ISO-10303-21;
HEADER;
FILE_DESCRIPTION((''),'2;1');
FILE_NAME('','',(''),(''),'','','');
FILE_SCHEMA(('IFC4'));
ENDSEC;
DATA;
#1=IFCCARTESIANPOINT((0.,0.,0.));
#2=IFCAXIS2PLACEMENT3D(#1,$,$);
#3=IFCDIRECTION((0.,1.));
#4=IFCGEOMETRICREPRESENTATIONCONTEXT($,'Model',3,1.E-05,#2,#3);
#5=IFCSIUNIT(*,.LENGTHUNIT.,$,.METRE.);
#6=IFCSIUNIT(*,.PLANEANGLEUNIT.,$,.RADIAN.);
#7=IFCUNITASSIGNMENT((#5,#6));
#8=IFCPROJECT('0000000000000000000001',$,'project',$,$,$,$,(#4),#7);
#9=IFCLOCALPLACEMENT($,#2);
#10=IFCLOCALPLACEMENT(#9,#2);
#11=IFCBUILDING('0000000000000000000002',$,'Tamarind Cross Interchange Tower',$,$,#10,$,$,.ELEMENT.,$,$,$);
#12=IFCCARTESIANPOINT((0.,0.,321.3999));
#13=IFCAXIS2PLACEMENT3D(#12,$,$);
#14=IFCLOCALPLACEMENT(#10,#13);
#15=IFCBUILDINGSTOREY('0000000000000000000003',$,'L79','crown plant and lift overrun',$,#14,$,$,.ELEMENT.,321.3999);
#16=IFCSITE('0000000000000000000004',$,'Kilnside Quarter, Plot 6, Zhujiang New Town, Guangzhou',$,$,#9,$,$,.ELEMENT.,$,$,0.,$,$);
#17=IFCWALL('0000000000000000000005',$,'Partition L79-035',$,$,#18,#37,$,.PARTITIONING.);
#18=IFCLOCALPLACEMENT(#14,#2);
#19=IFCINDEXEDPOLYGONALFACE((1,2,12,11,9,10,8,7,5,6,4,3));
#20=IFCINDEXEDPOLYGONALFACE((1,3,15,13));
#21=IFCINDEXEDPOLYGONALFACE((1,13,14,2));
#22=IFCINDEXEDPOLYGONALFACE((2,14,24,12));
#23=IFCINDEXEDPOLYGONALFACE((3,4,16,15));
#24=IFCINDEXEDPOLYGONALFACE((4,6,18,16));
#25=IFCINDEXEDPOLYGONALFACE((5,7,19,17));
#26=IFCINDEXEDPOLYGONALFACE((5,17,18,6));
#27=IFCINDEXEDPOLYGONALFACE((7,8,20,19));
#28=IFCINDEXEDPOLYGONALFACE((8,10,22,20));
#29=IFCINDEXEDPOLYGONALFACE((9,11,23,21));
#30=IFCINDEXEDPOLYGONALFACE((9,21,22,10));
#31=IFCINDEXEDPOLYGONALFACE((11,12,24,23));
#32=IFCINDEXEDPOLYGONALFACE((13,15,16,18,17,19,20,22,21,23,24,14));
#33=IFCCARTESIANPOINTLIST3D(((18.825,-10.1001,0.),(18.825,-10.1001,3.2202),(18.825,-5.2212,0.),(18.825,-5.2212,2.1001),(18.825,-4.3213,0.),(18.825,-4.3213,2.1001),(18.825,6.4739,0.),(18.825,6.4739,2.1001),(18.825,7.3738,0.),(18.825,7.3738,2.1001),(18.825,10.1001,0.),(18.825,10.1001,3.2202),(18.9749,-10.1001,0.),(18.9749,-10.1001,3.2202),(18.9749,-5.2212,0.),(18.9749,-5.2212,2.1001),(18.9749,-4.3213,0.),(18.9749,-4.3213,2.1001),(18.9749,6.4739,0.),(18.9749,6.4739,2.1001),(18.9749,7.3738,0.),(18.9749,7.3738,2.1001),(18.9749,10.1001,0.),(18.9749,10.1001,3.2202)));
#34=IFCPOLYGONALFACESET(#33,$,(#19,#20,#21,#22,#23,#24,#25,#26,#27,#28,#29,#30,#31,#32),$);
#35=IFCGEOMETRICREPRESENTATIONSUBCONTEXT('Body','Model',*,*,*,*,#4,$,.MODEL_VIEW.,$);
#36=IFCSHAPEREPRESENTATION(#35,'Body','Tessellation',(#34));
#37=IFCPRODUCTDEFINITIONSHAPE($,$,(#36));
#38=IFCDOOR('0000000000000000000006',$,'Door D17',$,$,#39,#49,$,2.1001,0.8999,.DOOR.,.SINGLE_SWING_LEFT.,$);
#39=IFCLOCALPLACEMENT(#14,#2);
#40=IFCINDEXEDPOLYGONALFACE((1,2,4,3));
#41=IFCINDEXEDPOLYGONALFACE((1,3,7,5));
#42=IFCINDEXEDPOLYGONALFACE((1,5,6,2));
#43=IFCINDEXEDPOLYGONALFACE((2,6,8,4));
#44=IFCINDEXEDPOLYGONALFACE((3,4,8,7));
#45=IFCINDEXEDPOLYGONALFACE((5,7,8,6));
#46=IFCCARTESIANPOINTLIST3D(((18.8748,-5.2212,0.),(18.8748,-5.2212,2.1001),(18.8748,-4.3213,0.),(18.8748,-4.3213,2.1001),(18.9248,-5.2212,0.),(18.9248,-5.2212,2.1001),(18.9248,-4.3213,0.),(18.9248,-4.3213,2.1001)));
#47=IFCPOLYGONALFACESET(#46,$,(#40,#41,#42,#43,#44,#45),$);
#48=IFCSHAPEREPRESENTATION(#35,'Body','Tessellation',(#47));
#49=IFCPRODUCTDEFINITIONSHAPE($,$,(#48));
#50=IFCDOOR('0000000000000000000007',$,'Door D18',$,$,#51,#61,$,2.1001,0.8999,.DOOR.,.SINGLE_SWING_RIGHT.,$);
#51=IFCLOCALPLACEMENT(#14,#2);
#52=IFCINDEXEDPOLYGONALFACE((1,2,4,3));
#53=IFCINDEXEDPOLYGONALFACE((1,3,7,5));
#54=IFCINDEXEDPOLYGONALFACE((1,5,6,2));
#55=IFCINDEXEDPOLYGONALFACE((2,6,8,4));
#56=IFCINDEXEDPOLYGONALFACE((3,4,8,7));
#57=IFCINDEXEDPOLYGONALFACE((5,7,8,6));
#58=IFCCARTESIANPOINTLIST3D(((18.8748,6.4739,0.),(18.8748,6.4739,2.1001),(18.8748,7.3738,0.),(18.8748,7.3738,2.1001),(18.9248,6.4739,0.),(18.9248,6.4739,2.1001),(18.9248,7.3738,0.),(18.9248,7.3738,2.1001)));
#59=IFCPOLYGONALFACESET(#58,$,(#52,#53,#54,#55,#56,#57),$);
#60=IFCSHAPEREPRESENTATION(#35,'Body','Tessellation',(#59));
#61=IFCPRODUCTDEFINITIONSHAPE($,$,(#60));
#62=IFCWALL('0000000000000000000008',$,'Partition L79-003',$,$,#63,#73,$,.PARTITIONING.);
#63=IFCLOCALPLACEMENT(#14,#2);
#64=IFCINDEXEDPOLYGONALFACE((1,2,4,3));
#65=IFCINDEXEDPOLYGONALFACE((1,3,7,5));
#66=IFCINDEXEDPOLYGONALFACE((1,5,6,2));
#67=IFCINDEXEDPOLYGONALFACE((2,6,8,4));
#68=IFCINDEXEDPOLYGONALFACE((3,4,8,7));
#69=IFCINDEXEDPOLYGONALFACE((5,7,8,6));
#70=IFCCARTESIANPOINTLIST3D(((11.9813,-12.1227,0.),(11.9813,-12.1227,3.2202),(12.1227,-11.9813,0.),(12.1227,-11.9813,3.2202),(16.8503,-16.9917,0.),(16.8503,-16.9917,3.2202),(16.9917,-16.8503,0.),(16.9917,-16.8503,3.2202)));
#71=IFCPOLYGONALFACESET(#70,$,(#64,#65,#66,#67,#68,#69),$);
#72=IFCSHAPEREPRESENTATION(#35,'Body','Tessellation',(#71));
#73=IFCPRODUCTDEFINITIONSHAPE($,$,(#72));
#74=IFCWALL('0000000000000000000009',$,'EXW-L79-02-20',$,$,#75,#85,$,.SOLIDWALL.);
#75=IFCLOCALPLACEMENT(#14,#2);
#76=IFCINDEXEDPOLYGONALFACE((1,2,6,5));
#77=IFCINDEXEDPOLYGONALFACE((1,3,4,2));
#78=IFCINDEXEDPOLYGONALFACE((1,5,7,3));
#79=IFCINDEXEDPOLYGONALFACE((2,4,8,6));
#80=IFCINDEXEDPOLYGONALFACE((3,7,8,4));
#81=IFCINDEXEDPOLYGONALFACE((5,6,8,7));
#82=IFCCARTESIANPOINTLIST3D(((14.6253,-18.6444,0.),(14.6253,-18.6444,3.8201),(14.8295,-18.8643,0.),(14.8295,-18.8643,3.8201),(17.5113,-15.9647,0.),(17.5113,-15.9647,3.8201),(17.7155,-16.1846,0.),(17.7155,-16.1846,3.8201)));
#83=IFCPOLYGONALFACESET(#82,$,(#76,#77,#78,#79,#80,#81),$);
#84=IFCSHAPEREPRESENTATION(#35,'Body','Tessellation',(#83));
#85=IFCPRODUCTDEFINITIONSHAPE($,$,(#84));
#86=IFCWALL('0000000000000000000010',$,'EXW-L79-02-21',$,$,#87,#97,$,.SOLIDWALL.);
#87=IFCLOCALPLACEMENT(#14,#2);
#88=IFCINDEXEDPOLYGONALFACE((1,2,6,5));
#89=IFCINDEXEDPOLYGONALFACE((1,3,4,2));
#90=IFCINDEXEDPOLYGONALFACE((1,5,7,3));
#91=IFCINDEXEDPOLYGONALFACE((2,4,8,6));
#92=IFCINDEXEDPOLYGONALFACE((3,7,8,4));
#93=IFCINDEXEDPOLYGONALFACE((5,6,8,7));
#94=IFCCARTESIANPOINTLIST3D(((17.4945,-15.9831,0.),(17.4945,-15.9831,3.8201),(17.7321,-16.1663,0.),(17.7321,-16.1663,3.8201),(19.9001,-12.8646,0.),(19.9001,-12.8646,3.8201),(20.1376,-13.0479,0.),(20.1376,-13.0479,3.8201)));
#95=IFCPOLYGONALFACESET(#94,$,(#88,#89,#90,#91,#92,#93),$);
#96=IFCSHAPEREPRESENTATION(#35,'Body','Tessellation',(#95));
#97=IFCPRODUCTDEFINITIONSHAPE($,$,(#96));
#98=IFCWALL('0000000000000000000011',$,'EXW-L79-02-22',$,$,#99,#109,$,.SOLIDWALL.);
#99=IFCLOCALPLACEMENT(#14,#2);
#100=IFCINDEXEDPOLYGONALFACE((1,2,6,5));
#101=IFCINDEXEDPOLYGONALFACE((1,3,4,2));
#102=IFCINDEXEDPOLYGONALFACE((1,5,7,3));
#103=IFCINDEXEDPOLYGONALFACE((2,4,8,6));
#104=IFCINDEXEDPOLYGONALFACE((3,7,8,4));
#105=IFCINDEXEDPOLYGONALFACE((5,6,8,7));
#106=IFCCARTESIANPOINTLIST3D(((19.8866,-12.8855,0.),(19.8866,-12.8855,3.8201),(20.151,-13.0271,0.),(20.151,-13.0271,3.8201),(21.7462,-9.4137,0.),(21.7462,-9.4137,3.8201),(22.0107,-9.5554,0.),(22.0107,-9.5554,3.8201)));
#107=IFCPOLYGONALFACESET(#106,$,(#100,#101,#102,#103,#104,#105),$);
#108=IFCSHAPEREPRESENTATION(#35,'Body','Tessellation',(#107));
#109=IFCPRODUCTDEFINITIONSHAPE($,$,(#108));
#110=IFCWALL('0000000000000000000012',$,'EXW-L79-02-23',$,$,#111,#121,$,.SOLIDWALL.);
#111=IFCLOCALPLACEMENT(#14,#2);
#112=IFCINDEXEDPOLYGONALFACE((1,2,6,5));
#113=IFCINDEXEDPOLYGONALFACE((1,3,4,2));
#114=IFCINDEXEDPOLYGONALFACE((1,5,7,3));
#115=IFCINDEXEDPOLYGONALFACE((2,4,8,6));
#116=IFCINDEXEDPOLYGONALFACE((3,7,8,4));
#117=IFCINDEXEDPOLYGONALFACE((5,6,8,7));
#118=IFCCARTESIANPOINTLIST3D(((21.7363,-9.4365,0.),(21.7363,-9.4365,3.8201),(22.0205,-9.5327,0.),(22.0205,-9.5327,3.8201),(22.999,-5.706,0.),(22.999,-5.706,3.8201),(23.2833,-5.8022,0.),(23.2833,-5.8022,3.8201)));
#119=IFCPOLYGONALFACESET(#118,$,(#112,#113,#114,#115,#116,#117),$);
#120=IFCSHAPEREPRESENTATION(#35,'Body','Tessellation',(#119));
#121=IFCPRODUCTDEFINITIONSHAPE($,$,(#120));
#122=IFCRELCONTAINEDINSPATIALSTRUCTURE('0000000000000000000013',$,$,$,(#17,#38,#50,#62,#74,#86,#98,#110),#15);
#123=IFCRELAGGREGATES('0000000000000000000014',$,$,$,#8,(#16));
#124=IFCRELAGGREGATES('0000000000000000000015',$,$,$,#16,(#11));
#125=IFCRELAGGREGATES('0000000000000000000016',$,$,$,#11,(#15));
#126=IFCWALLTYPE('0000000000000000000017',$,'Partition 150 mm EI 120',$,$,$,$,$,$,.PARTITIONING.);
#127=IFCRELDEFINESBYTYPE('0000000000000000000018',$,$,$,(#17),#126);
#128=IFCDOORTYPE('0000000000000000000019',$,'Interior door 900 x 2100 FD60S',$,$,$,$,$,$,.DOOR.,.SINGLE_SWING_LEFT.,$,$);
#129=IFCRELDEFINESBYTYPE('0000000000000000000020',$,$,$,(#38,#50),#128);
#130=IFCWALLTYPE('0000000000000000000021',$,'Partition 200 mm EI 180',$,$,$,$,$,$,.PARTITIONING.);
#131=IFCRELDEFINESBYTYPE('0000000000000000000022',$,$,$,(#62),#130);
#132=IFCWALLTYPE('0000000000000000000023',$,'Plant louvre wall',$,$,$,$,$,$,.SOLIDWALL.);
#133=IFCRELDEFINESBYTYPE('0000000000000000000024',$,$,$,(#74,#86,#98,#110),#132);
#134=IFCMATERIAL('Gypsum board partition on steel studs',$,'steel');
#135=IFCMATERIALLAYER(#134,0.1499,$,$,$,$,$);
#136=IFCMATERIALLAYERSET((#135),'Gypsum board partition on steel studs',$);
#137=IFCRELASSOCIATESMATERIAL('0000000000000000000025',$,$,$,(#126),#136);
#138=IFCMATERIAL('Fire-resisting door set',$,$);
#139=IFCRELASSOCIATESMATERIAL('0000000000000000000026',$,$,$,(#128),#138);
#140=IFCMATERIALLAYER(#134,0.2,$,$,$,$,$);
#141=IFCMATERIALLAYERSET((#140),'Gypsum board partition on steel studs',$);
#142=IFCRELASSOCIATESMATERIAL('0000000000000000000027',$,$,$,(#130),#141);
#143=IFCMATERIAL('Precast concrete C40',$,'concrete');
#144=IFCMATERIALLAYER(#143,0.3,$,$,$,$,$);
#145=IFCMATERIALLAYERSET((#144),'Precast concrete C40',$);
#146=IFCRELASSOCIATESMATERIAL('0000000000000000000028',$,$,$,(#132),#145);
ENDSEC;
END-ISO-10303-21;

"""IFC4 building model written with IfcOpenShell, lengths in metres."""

from ifc_helpers import new_model, si_unit, direction, frame, frame_2d, origin, place, context, subcontext, project, spatial, rectangle, extrude, material, layer, layer_set, type_object, element, fill, save


model = new_model("IFC4")

# Units and contexts
model_context = context("Model", 3, precision=1e-05, world=origin(), true_north=direction((0.0, 1.0)))
body_context = subcontext(model_context, "Body", "Model", "MODEL_VIEW")
ifc_project = project(units=[si_unit("LENGTHUNIT", "METRE"), si_unit("PLANEANGLEUNIT", "RADIAN")], contexts=[model_context])

# Site, building, storey
site_placement = place(None, origin())
site = spatial("IfcSite", under=ifc_project, at=site_placement, Name="Kilnside Quarter, Plot 6, Zhujiang New Town, Guangzhou", CompositionType="ELEMENT", RefElevation=0.0)
building_placement = place(site_placement, origin())
building = spatial("IfcBuilding", under=site, at=building_placement, Name="Tamarind Cross Interchange Tower", CompositionType="ELEMENT")
storey_placement = place(building_placement, frame((0.0, 0.0, 321.3999)))
storey = spatial("IfcBuildingStorey", under=building, at=storey_placement, Name="L79", Description="crown plant and lift overrun", CompositionType="ELEMENT", Elevation=321.3999)

# Shared definitions
ifc_material_1 = material(Name="Gypsum board partition on steel studs", Category="steel")
ifc_layer_1 = layer(ifc_material_1, 0.1499)
ifc_layer_set_1 = layer_set([ifc_layer_1], Name="Gypsum board partition on steel studs")
wall_type_1 = type_object("IfcWallType", Name="Partition 150 mm EI 120", PredefinedType="PARTITIONING", material=ifc_layer_set_1)

# Wall, openings, doors
wall_1_placement = place(storey_placement, frame((18.8999, -10.1001, 0.0), z_axis=(0.0, 0.0, 1.0), x_axis=(0.0, 1.0, 0.0)))
wall_1 = element("IfcWall", 1, at=wall_1_placement, inside=storey, type_object=wall_type_1, Name="Partition L79-035", PredefinedType="PARTITIONING", context=body_context, shape_type="SweptSolid", body=[
    extrude(rectangle(XDim=20.2002, YDim=0.1499, at=frame_2d((10.1001, 0.0))), origin(), (0.0, 0.0, 1.0), 3.2202),
])
opening_1_placement = place(wall_1_placement, frame((4.8789, 0.0, 0.0)))
opening_1 = element("IfcOpeningElement", 2, at=opening_1_placement, cuts=wall_1, PredefinedType="OPENING", context=body_context, shape_type="SweptSolid", body=[
    extrude(rectangle(XDim=0.8999, YDim=2.1001, at=frame_2d((0.45, 1.05))), frame((0.0, 0.085, 0.0), z_axis=(0.0, -1.0, 0.0), x_axis=(1.0, 0.0, 0.0)), (0.0, 0.0, 1.0), 0.1699),
])
opening_2_placement = place(wall_1_placement, frame((16.574, 0.0, 0.0)))
opening_2 = element("IfcOpeningElement", 3, at=opening_2_placement, cuts=wall_1, PredefinedType="OPENING", context=body_context, shape_type="SweptSolid", body=[
    extrude(rectangle(XDim=0.8999, YDim=2.1001, at=frame_2d((0.45, 1.05))), frame((0.0, 0.085, 0.0), z_axis=(0.0, -1.0, 0.0), x_axis=(1.0, 0.0, 0.0)), (0.0, 0.0, 1.0), 0.1699),
])
ifc_material_2 = material(Name="Fire-resisting door set")
door_type_1 = type_object("IfcDoorType", Name="Interior door 900 x 2100 FD60S", OperationType="SINGLE_SWING_LEFT", PredefinedType="DOOR", material=ifc_material_2)
door_1_placement = place(opening_1_placement, frame((0.8999, 0.0, 0.0), z_axis=(0.0, 0.0, 1.0), x_axis=(-1.0, 0.0, 0.0)))
door_1 = element("IfcDoor", 4, at=door_1_placement, inside=storey, type_object=door_type_1, Name="Door D17", OperationType="SINGLE_SWING_LEFT", OverallHeight=2.1001, OverallWidth=0.8999, PredefinedType="DOOR", context=body_context, shape_type="SweptSolid", body=[
    extrude(rectangle(XDim=0.8999, YDim=2.1001, at=frame_2d((0.45, 1.05))), frame((0.0, 0.0249, 0.0), z_axis=(0.0, -1.0, 0.0), x_axis=(1.0, 0.0, 0.0)), (0.0, 0.0, 1.0), 0.05),
])
fill(opening_1, door_1)
door_2_placement = place(opening_2_placement, frame((0.8999, 0.0, 0.0), z_axis=(0.0, 0.0, 1.0), x_axis=(-1.0, 0.0, 0.0)))
door_2 = element("IfcDoor", 5, at=door_2_placement, inside=storey, type_object=door_type_1, Name="Door D18", OperationType="SINGLE_SWING_RIGHT", OverallHeight=2.1001, OverallWidth=0.8999, PredefinedType="DOOR", context=body_context, shape_type="SweptSolid", body=[
    extrude(rectangle(XDim=0.8999, YDim=2.1001, at=frame_2d((0.45, 1.05))), frame((0.0, 0.0249, 0.0), z_axis=(0.0, -1.0, 0.0), x_axis=(1.0, 0.0, 0.0)), (0.0, 0.0, 1.0), 0.05),
])
fill(opening_2, door_2)

# Walls
ifc_layer_2 = layer(ifc_material_1, 0.2)
ifc_layer_set_2 = layer_set([ifc_layer_2], Name="Gypsum board partition on steel studs")
wall_type_2 = type_object("IfcWallType", Name="Partition 200 mm EI 180", PredefinedType="PARTITIONING", material=ifc_layer_set_2)
wall_2_placement = place(storey_placement, frame((12.052, -12.052, 0.0), z_axis=(0.0, 0.0, 1.0), x_axis=(0.707107, -0.707107, 0.0)))
element("IfcWall", 6, at=wall_2_placement, inside=storey, type_object=wall_type_2, Name="Partition L79-003", PredefinedType="PARTITIONING", context=body_context, shape_type="SweptSolid", body=[
    extrude(rectangle(XDim=6.8857, YDim=0.2, at=frame_2d((3.4429, 0.0))), origin(), (0.0, 0.0, 1.0), 3.2202),
])
ifc_material_3 = material(Name="Precast concrete C40", Category="concrete")
ifc_layer_3 = layer(ifc_material_3, 0.3)
ifc_layer_set_3 = layer_set([ifc_layer_3], Name="Precast concrete C40")
wall_type_3 = type_object("IfcWallType", Name="Plant louvre wall", PredefinedType="SOLIDWALL", material=ifc_layer_set_3)
wall_3_placement = place(storey_placement, frame((14.7273, -18.7544, 0.0), z_axis=(0.0, 0.0, 1.0), x_axis=(0.732813, 0.68043, 0.0)))
element("IfcWall", 7, at=wall_3_placement, inside=storey, type_object=wall_type_3, Name="EXW-L79-02-20", PredefinedType="SOLIDWALL", context=body_context, shape_type="SweptSolid", body=[
    extrude(rectangle(XDim=3.9382, YDim=0.3, at=frame_2d((1.9692, 0.0))), origin(), (0.0, 0.0, 1.0), 3.8201),
])
for number, where, z_axis, x_axis, name in (
    (8, (17.6133, -16.0747, 0.0), (0.0, 0.0, 1.0), (0.610786, 0.791796, 0.0), "EXW-L79-02-21"),
    (9, (20.0188, -12.9563, 0.0), (0.0, 0.0, 1.0), (0.47218, 0.881502, 0.0), "EXW-L79-02-22"),
    (10, (21.8784, -9.4846, 0.0), (0.0, 0.0, 1.0), (0.320613, 0.94721, 0.0), "EXW-L79-02-23"),
):
    element("IfcWall", number, at=place(storey_placement, frame(where, z_axis=z_axis, x_axis=x_axis)), inside=storey, type_object=wall_type_3, Name=name, PredefinedType="SOLIDWALL", context=body_context, shape_type="SweptSolid", body=[
        extrude(rectangle(XDim=3.9385, YDim=0.3, at=frame_2d((1.9692, 0.0))), origin(), (0.0, 0.0, 1.0), 3.8201),
    ])

save(model, "model.ifc")
